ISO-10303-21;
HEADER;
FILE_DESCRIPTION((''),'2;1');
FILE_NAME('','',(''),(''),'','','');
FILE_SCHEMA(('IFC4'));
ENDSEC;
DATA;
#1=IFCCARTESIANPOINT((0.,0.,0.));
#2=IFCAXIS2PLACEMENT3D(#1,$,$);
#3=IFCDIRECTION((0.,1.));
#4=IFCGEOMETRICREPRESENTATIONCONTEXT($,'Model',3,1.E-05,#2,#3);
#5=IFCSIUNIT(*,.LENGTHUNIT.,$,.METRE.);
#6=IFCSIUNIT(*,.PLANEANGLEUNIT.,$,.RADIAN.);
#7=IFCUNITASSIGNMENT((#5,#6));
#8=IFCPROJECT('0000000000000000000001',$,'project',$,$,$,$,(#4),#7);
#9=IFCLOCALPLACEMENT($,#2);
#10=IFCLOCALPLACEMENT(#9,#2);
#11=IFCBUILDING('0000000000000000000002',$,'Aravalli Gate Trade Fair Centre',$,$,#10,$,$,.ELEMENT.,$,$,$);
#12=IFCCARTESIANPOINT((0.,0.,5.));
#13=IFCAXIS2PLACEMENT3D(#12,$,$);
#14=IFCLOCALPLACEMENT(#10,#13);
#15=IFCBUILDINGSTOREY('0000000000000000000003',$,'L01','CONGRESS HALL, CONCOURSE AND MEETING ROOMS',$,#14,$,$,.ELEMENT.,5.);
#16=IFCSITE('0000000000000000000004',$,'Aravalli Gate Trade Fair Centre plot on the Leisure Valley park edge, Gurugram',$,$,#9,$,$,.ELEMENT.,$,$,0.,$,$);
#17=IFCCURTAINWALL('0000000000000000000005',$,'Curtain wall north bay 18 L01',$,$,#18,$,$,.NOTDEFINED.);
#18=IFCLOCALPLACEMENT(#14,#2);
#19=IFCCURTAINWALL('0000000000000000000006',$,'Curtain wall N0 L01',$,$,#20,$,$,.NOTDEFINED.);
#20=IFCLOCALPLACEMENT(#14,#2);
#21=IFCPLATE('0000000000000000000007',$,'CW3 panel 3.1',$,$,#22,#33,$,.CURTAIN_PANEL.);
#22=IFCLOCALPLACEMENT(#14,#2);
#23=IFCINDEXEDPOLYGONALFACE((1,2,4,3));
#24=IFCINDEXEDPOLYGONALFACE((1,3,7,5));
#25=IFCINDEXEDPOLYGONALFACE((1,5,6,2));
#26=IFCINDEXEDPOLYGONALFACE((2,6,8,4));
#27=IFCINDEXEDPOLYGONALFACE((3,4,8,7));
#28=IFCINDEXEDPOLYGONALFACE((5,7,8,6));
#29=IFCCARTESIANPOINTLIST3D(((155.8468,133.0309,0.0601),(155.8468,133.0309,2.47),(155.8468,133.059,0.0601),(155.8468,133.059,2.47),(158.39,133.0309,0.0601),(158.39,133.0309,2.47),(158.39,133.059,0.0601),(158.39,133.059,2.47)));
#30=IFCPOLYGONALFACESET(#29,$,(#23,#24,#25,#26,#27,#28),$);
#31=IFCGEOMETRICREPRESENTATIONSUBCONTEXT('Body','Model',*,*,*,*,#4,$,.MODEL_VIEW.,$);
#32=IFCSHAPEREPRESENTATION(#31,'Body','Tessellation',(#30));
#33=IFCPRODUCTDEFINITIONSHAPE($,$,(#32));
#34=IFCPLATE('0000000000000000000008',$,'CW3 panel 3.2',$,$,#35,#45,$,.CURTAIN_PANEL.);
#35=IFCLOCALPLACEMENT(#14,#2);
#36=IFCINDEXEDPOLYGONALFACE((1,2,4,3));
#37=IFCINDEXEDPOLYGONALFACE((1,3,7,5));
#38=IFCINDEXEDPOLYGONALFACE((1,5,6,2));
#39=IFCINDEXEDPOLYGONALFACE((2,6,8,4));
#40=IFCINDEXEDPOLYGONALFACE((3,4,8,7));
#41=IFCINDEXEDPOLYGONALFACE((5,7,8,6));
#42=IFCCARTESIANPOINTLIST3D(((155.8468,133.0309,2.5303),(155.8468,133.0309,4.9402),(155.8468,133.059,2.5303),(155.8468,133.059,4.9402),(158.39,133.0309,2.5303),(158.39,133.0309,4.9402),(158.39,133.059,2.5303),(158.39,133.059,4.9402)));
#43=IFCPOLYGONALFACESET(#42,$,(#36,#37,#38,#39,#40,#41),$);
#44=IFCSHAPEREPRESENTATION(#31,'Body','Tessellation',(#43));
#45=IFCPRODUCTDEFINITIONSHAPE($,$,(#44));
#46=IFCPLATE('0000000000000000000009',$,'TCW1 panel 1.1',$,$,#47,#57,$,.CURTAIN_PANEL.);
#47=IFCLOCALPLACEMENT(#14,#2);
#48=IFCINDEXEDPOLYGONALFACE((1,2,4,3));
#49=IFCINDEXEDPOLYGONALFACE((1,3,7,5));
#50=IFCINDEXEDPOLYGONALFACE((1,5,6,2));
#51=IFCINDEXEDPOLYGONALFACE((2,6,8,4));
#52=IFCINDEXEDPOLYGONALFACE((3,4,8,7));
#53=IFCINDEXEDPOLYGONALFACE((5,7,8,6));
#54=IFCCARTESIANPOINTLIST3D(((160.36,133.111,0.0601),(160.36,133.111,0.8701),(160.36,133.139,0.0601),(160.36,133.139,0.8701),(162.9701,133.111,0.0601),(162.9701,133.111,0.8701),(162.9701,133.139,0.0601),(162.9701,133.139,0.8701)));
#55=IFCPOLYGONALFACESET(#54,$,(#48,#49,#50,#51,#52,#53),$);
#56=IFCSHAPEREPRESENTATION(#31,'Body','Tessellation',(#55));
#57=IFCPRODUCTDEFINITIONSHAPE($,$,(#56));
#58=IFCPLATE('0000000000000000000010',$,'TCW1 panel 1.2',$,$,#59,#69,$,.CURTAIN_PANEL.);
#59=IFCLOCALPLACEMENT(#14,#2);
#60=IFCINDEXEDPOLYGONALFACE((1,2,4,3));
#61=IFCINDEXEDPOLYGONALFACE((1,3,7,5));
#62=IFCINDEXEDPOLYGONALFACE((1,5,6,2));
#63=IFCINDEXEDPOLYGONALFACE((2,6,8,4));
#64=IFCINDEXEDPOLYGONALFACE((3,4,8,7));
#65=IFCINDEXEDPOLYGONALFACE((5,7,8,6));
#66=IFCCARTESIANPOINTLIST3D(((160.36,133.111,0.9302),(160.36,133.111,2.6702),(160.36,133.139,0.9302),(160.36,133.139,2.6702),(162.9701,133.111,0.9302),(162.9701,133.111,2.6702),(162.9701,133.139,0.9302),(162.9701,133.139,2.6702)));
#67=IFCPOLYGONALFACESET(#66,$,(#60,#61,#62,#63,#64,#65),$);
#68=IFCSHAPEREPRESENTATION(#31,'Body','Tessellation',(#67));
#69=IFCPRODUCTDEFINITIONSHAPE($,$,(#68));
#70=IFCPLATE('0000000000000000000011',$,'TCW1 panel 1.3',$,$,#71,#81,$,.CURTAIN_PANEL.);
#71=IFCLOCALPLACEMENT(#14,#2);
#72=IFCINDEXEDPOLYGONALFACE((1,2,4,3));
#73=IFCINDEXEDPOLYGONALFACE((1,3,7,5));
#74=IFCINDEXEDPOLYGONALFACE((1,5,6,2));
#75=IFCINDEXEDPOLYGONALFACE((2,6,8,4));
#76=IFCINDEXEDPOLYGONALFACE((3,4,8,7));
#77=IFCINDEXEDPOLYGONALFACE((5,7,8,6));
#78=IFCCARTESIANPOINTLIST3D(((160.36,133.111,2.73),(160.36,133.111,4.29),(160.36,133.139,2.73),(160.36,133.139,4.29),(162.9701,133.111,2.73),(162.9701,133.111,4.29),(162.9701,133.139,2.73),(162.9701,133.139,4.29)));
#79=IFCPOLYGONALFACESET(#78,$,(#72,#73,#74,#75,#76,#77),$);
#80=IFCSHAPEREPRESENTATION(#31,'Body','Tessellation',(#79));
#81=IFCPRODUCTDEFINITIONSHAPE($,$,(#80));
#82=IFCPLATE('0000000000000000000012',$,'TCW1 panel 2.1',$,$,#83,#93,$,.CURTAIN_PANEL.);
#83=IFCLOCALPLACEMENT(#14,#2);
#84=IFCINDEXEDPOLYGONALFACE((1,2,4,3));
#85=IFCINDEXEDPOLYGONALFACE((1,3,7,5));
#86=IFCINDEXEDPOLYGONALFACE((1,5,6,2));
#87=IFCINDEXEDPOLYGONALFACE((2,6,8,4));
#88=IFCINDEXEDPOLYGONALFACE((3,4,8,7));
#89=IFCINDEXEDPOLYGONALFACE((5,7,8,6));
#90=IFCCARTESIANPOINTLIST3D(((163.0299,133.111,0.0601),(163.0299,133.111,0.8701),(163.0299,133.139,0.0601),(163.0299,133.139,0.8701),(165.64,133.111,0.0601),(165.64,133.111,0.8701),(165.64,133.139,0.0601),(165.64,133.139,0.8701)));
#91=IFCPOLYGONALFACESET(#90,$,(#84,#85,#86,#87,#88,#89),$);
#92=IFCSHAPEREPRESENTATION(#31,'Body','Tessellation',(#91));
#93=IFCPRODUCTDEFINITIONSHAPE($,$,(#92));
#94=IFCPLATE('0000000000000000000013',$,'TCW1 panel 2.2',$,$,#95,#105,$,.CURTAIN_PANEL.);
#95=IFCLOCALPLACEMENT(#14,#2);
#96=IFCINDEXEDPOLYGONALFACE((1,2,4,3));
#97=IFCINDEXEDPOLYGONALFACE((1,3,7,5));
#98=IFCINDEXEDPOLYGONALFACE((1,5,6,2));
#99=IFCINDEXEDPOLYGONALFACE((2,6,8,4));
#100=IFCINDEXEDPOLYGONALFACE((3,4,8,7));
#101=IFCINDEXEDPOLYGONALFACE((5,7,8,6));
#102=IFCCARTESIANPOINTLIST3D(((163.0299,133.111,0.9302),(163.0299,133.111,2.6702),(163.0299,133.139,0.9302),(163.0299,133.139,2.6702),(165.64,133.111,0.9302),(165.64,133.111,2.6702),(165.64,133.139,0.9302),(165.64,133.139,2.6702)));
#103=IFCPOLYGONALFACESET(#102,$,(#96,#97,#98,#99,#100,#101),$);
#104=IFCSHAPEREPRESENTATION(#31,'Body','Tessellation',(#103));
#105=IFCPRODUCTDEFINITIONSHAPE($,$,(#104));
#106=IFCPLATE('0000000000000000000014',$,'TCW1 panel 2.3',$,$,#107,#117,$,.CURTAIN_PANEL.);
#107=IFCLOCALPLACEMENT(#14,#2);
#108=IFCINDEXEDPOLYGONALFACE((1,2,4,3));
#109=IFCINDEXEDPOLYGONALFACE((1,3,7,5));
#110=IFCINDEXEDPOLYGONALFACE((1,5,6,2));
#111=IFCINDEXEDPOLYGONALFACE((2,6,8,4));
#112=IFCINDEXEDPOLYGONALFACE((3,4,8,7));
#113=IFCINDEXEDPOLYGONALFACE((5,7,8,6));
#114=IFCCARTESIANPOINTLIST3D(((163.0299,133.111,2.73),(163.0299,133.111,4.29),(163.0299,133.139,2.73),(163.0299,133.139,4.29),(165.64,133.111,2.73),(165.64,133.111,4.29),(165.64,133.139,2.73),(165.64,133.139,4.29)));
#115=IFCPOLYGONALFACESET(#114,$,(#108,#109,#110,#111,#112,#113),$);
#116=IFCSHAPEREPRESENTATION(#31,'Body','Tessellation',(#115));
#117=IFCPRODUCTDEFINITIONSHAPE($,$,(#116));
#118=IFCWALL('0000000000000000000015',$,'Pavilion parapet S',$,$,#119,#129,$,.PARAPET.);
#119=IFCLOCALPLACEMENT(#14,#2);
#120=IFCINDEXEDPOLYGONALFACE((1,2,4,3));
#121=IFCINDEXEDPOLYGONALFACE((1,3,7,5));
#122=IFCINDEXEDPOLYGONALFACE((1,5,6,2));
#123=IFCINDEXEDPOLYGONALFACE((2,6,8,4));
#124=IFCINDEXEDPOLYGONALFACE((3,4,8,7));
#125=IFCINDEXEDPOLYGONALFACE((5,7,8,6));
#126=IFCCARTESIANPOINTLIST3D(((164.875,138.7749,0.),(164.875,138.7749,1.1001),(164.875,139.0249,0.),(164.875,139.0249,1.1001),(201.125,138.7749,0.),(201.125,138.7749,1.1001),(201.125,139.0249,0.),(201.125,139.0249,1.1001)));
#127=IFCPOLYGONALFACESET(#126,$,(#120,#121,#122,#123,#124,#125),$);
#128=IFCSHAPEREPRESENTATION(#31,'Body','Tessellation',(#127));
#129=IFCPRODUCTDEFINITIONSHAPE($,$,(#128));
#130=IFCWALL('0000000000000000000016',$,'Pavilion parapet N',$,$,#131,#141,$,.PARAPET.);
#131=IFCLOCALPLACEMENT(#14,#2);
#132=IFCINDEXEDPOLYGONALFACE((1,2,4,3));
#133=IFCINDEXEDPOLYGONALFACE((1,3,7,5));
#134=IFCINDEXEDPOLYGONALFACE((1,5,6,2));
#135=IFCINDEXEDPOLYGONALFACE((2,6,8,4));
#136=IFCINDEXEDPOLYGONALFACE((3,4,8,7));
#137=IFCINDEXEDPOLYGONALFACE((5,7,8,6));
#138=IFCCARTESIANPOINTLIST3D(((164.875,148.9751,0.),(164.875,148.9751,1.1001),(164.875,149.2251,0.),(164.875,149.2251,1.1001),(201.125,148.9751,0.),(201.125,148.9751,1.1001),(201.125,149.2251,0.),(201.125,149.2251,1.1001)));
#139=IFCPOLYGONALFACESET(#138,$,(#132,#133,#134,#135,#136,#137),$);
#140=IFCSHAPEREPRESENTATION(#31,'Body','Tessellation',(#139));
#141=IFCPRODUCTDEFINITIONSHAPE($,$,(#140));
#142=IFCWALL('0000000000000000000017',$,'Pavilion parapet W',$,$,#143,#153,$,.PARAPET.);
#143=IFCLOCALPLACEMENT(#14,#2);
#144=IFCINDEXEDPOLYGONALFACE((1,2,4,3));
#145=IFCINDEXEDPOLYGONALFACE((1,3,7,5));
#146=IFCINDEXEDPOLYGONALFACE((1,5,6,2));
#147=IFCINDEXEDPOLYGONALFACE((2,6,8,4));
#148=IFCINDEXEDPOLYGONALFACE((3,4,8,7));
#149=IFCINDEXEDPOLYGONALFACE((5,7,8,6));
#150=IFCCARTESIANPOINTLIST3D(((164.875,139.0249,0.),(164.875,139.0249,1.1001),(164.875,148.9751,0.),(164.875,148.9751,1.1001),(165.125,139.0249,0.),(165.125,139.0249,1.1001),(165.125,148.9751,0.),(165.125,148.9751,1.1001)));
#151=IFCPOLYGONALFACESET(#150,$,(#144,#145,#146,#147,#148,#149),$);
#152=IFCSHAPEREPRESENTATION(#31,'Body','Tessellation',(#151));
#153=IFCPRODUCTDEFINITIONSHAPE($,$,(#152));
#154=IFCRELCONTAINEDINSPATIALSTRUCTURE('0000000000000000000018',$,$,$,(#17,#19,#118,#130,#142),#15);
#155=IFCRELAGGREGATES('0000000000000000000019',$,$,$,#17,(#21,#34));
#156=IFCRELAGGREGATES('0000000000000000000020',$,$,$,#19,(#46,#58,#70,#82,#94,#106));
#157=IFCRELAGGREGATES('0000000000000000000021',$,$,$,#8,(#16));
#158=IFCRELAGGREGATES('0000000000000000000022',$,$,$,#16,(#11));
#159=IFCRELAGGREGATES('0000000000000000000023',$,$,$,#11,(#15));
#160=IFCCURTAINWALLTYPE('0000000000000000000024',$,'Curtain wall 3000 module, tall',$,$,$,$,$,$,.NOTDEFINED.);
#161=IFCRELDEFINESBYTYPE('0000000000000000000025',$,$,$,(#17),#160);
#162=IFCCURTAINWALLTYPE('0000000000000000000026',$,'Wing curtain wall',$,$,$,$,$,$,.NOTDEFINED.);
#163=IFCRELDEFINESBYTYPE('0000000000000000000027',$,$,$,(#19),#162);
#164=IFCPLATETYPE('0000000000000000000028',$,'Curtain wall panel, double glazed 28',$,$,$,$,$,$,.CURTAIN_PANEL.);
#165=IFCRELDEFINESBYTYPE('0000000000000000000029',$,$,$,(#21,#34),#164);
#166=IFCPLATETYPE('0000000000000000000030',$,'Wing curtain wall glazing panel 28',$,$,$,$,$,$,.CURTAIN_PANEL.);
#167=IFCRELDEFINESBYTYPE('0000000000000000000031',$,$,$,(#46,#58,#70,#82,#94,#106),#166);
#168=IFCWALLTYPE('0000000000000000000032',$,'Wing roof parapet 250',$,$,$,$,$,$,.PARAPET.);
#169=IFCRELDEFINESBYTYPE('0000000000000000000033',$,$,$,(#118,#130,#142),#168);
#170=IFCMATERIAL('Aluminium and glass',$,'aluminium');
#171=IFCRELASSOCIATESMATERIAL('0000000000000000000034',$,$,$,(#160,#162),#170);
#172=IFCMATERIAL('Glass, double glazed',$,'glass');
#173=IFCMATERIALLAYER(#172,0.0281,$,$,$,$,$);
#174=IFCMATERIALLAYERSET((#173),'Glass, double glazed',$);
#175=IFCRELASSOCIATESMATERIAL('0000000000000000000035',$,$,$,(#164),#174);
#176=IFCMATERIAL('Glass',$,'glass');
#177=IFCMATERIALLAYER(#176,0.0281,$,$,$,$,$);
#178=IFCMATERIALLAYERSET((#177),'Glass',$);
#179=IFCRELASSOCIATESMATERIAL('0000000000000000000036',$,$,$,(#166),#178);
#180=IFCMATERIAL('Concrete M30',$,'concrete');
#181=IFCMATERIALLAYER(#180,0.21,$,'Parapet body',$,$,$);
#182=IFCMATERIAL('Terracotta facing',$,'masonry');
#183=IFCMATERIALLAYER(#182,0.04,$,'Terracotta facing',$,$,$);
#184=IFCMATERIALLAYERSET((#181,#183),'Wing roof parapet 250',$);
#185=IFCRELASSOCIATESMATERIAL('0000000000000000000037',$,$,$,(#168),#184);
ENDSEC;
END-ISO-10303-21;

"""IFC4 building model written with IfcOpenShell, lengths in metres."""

from ifc_helpers import new_model, si_unit, direction, frame, frame_2d, origin, origin_2d, place, context, subcontext, project, spatial, rectangle, extrude, material, layer, layer_set, type_object, element, aggregate, save


model = new_model("IFC4")

# Units and contexts
model_context = context("Model", 3, precision=1e-05, world=origin(), true_north=direction((0.0, 1.0)))
body_context = subcontext(model_context, "Body", "Model", "MODEL_VIEW")
ifc_project = project(units=[si_unit("LENGTHUNIT", "METRE"), si_unit("PLANEANGLEUNIT", "RADIAN")], contexts=[model_context])

# Site, building, storey
site_placement = place(None, origin())
site = spatial("IfcSite", under=ifc_project, at=site_placement, Name="Aravalli Gate Trade Fair Centre plot on the Leisure Valley park edge, Gurugram", CompositionType="ELEMENT", RefElevation=0.0)
building_placement = place(site_placement, origin())
building = spatial("IfcBuilding", under=site, at=building_placement, Name="Aravalli Gate Trade Fair Centre", CompositionType="ELEMENT")
storey_placement = place(building_placement, frame((0.0, 0.0, 5.0)))
storey = spatial("IfcBuildingStorey", under=building, at=storey_placement, Name="L01", Description="CONGRESS HALL, CONCOURSE AND MEETING ROOMS", CompositionType="ELEMENT", Elevation=5.0)

# Curtain wall
ifc_material_1 = material(Name="Aluminium and glass", Category="aluminium")
curtain_wall_type_1 = type_object("IfcCurtainWallType", Name="Curtain wall 3000 module, tall", PredefinedType="NOTDEFINED", material=ifc_material_1)
curtain_wall_1_placement = place(storey_placement, origin())
curtain_wall_1 = element("IfcCurtainWall", 1, at=curtain_wall_1_placement, inside=storey, type_object=curtain_wall_type_1, Name="Curtain wall north bay 18 L01", PredefinedType="NOTDEFINED")

# Curtain wall
curtain_wall_type_2 = type_object("IfcCurtainWallType", Name="Wing curtain wall", PredefinedType="NOTDEFINED", material=ifc_material_1)
curtain_wall_2_placement = place(storey_placement, origin())
curtain_wall_2 = element("IfcCurtainWall", 2, at=curtain_wall_2_placement, inside=storey, type_object=curtain_wall_type_2, Name="Curtain wall N0 L01", PredefinedType="NOTDEFINED")

# Plates
ifc_material_2 = material(Name="Glass, double glazed", Category="glass")
ifc_layer_1 = layer(ifc_material_2, 0.0281)
ifc_layer_set_1 = layer_set([ifc_layer_1], Name="Glass, double glazed")
plate_type_1 = type_object("IfcPlateType", Name="Curtain wall panel, double glazed 28", PredefinedType="CURTAIN_PANEL", material=ifc_layer_set_1)
plate_1_placement = place(storey_placement, frame((157.1184, 133.0449, 0.0601), z_axis=(0.0, 0.0, 1.0), x_axis=(1.0, 0.0, 0.0)))
plate_1 = element("IfcPlate", 3, at=plate_1_placement, type_object=plate_type_1, Name="CW3 panel 3.1", PredefinedType="CURTAIN_PANEL", context=body_context, shape_type="SweptSolid", body=[
    extrude(rectangle(XDim=2.5432, YDim=0.0281, at=origin_2d()), origin(), (0.0, 0.0, 1.0), 2.4099),
])
plate_2_placement = place(storey_placement, frame((157.1184, 133.0449, 2.5303), z_axis=(0.0, 0.0, 1.0), x_axis=(1.0, 0.0, 0.0)))
plate_2 = element("IfcPlate", 4, at=plate_2_placement, type_object=plate_type_1, Name="CW3 panel 3.2", PredefinedType="CURTAIN_PANEL", context=body_context, shape_type="SweptSolid", body=[
    extrude(rectangle(XDim=2.5432, YDim=0.0281, at=origin_2d()), origin(), (0.0, 0.0, 1.0), 2.4099),
])
aggregate(curtain_wall_1, [plate_1, plate_2])
ifc_material_3 = material(Name="Glass", Category="glass")
ifc_layer_2 = layer(ifc_material_3, 0.0281)
ifc_layer_set_2 = layer_set([ifc_layer_2], Name="Glass")
plate_type_2 = type_object("IfcPlateType", Name="Wing curtain wall glazing panel 28", PredefinedType="CURTAIN_PANEL", material=ifc_layer_set_2)
plate_3_placement = place(storey_placement, frame((161.665, 133.125, 0.0601), z_axis=(0.0, 0.0, 1.0), x_axis=(1.0, 0.0, 0.0)))
plate_3 = element("IfcPlate", 5, at=plate_3_placement, type_object=plate_type_2, Name="TCW1 panel 1.1", PredefinedType="CURTAIN_PANEL", context=body_context, shape_type="SweptSolid", body=[
    extrude(rectangle(XDim=2.6101, YDim=0.0281, at=origin_2d()), origin(), (0.0, 0.0, 1.0), 0.8101),
])
plate_4_placement = place(storey_placement, frame((161.665, 133.125, 0.9302), z_axis=(0.0, 0.0, 1.0), x_axis=(1.0, 0.0, 0.0)))
plate_4 = element("IfcPlate", 6, at=plate_4_placement, type_object=plate_type_2, Name="TCW1 panel 1.2", PredefinedType="CURTAIN_PANEL", context=body_context, shape_type="SweptSolid", body=[
    extrude(rectangle(XDim=2.6101, YDim=0.0281, at=origin_2d()), origin(), (0.0, 0.0, 1.0), 1.74),
])
plate_5_placement = place(storey_placement, frame((161.665, 133.125, 2.73), z_axis=(0.0, 0.0, 1.0), x_axis=(1.0, 0.0, 0.0)))
plate_5 = element("IfcPlate", 7, at=plate_5_placement, type_object=plate_type_2, Name="TCW1 panel 1.3", PredefinedType="CURTAIN_PANEL", context=body_context, shape_type="SweptSolid", body=[
    extrude(rectangle(XDim=2.6101, YDim=0.0281, at=origin_2d()), origin(), (0.0, 0.0, 1.0), 1.5601),
])
plate_6_placement = place(storey_placement, frame((164.335, 133.125, 0.0601), z_axis=(0.0, 0.0, 1.0), x_axis=(1.0, 0.0, 0.0)))
plate_6 = element("IfcPlate", 8, at=plate_6_placement, type_object=plate_type_2, Name="TCW1 panel 2.1", PredefinedType="CURTAIN_PANEL", context=body_context, shape_type="SweptSolid", body=[
    extrude(rectangle(XDim=2.6101, YDim=0.0281, at=origin_2d()), origin(), (0.0, 0.0, 1.0), 0.8101),
])
plate_7_placement = place(storey_placement, frame((164.335, 133.125, 0.9302), z_axis=(0.0, 0.0, 1.0), x_axis=(1.0, 0.0, 0.0)))
plate_7 = element("IfcPlate", 9, at=plate_7_placement, type_object=plate_type_2, Name="TCW1 panel 2.2", PredefinedType="CURTAIN_PANEL", context=body_context, shape_type="SweptSolid", body=[
    extrude(rectangle(XDim=2.6101, YDim=0.0281, at=origin_2d()), origin(), (0.0, 0.0, 1.0), 1.74),
])
plate_8_placement = place(storey_placement, frame((164.335, 133.125, 2.73), z_axis=(0.0, 0.0, 1.0), x_axis=(1.0, 0.0, 0.0)))
plate_8 = element("IfcPlate", 10, at=plate_8_placement, type_object=plate_type_2, Name="TCW1 panel 2.3", PredefinedType="CURTAIN_PANEL", context=body_context, shape_type="SweptSolid", body=[
    extrude(rectangle(XDim=2.6101, YDim=0.0281, at=origin_2d()), origin(), (0.0, 0.0, 1.0), 1.5601),
])
aggregate(curtain_wall_2, [plate_3, plate_4, plate_5, plate_6, plate_7, plate_8])

# Walls
ifc_material_4 = material(Name="Concrete M30", Category="concrete")
ifc_layer_3 = layer(ifc_material_4, 0.21, Name="Parapet body")
ifc_material_5 = material(Name="Terracotta facing", Category="masonry")
ifc_layer_4 = layer(ifc_material_5, 0.04, Name="Terracotta facing")
ifc_layer_set_3 = layer_set([ifc_layer_3, ifc_layer_4], Name="Wing roof parapet 250")
wall_type = type_object("IfcWallType", Name="Wing roof parapet 250", PredefinedType="PARAPET", material=ifc_layer_set_3)
for number, where, z_axis, x_axis, name in (
    (11, (164.875, 138.8999, 0.0), (0.0, 0.0, 1.0), (1.0, 0.0, 0.0), "Pavilion parapet S"),
    (12, (164.875, 149.1001, 0.0), (0.0, 0.0, 1.0), (1.0, 0.0, 0.0), "Pavilion parapet N"),
):
    element("IfcWall", number, at=place(storey_placement, frame(where, z_axis=z_axis, x_axis=x_axis)), inside=storey, type_object=wall_type, Name=name, PredefinedType="PARAPET", context=body_context, shape_type="SweptSolid", body=[
        extrude(rectangle(XDim=36.25, YDim=0.25, at=frame_2d((18.125, 0.0))), origin(), (0.0, 0.0, 1.0), 1.1001),
    ])
wall_placement = place(storey_placement, frame((165.0, 139.0249, 0.0), z_axis=(0.0, 0.0, 1.0), x_axis=(0.0, 1.0, 0.0)))
element("IfcWall", 13, at=wall_placement, inside=storey, type_object=wall_type, Name="Pavilion parapet W", PredefinedType="PARAPET", context=body_context, shape_type="SweptSolid", body=[
    extrude(rectangle(XDim=9.9502, YDim=0.25, at=frame_2d((4.9751, 0.0))), origin(), (0.0, 0.0, 1.0), 1.1001),
])

save(model, "model.ifc")
